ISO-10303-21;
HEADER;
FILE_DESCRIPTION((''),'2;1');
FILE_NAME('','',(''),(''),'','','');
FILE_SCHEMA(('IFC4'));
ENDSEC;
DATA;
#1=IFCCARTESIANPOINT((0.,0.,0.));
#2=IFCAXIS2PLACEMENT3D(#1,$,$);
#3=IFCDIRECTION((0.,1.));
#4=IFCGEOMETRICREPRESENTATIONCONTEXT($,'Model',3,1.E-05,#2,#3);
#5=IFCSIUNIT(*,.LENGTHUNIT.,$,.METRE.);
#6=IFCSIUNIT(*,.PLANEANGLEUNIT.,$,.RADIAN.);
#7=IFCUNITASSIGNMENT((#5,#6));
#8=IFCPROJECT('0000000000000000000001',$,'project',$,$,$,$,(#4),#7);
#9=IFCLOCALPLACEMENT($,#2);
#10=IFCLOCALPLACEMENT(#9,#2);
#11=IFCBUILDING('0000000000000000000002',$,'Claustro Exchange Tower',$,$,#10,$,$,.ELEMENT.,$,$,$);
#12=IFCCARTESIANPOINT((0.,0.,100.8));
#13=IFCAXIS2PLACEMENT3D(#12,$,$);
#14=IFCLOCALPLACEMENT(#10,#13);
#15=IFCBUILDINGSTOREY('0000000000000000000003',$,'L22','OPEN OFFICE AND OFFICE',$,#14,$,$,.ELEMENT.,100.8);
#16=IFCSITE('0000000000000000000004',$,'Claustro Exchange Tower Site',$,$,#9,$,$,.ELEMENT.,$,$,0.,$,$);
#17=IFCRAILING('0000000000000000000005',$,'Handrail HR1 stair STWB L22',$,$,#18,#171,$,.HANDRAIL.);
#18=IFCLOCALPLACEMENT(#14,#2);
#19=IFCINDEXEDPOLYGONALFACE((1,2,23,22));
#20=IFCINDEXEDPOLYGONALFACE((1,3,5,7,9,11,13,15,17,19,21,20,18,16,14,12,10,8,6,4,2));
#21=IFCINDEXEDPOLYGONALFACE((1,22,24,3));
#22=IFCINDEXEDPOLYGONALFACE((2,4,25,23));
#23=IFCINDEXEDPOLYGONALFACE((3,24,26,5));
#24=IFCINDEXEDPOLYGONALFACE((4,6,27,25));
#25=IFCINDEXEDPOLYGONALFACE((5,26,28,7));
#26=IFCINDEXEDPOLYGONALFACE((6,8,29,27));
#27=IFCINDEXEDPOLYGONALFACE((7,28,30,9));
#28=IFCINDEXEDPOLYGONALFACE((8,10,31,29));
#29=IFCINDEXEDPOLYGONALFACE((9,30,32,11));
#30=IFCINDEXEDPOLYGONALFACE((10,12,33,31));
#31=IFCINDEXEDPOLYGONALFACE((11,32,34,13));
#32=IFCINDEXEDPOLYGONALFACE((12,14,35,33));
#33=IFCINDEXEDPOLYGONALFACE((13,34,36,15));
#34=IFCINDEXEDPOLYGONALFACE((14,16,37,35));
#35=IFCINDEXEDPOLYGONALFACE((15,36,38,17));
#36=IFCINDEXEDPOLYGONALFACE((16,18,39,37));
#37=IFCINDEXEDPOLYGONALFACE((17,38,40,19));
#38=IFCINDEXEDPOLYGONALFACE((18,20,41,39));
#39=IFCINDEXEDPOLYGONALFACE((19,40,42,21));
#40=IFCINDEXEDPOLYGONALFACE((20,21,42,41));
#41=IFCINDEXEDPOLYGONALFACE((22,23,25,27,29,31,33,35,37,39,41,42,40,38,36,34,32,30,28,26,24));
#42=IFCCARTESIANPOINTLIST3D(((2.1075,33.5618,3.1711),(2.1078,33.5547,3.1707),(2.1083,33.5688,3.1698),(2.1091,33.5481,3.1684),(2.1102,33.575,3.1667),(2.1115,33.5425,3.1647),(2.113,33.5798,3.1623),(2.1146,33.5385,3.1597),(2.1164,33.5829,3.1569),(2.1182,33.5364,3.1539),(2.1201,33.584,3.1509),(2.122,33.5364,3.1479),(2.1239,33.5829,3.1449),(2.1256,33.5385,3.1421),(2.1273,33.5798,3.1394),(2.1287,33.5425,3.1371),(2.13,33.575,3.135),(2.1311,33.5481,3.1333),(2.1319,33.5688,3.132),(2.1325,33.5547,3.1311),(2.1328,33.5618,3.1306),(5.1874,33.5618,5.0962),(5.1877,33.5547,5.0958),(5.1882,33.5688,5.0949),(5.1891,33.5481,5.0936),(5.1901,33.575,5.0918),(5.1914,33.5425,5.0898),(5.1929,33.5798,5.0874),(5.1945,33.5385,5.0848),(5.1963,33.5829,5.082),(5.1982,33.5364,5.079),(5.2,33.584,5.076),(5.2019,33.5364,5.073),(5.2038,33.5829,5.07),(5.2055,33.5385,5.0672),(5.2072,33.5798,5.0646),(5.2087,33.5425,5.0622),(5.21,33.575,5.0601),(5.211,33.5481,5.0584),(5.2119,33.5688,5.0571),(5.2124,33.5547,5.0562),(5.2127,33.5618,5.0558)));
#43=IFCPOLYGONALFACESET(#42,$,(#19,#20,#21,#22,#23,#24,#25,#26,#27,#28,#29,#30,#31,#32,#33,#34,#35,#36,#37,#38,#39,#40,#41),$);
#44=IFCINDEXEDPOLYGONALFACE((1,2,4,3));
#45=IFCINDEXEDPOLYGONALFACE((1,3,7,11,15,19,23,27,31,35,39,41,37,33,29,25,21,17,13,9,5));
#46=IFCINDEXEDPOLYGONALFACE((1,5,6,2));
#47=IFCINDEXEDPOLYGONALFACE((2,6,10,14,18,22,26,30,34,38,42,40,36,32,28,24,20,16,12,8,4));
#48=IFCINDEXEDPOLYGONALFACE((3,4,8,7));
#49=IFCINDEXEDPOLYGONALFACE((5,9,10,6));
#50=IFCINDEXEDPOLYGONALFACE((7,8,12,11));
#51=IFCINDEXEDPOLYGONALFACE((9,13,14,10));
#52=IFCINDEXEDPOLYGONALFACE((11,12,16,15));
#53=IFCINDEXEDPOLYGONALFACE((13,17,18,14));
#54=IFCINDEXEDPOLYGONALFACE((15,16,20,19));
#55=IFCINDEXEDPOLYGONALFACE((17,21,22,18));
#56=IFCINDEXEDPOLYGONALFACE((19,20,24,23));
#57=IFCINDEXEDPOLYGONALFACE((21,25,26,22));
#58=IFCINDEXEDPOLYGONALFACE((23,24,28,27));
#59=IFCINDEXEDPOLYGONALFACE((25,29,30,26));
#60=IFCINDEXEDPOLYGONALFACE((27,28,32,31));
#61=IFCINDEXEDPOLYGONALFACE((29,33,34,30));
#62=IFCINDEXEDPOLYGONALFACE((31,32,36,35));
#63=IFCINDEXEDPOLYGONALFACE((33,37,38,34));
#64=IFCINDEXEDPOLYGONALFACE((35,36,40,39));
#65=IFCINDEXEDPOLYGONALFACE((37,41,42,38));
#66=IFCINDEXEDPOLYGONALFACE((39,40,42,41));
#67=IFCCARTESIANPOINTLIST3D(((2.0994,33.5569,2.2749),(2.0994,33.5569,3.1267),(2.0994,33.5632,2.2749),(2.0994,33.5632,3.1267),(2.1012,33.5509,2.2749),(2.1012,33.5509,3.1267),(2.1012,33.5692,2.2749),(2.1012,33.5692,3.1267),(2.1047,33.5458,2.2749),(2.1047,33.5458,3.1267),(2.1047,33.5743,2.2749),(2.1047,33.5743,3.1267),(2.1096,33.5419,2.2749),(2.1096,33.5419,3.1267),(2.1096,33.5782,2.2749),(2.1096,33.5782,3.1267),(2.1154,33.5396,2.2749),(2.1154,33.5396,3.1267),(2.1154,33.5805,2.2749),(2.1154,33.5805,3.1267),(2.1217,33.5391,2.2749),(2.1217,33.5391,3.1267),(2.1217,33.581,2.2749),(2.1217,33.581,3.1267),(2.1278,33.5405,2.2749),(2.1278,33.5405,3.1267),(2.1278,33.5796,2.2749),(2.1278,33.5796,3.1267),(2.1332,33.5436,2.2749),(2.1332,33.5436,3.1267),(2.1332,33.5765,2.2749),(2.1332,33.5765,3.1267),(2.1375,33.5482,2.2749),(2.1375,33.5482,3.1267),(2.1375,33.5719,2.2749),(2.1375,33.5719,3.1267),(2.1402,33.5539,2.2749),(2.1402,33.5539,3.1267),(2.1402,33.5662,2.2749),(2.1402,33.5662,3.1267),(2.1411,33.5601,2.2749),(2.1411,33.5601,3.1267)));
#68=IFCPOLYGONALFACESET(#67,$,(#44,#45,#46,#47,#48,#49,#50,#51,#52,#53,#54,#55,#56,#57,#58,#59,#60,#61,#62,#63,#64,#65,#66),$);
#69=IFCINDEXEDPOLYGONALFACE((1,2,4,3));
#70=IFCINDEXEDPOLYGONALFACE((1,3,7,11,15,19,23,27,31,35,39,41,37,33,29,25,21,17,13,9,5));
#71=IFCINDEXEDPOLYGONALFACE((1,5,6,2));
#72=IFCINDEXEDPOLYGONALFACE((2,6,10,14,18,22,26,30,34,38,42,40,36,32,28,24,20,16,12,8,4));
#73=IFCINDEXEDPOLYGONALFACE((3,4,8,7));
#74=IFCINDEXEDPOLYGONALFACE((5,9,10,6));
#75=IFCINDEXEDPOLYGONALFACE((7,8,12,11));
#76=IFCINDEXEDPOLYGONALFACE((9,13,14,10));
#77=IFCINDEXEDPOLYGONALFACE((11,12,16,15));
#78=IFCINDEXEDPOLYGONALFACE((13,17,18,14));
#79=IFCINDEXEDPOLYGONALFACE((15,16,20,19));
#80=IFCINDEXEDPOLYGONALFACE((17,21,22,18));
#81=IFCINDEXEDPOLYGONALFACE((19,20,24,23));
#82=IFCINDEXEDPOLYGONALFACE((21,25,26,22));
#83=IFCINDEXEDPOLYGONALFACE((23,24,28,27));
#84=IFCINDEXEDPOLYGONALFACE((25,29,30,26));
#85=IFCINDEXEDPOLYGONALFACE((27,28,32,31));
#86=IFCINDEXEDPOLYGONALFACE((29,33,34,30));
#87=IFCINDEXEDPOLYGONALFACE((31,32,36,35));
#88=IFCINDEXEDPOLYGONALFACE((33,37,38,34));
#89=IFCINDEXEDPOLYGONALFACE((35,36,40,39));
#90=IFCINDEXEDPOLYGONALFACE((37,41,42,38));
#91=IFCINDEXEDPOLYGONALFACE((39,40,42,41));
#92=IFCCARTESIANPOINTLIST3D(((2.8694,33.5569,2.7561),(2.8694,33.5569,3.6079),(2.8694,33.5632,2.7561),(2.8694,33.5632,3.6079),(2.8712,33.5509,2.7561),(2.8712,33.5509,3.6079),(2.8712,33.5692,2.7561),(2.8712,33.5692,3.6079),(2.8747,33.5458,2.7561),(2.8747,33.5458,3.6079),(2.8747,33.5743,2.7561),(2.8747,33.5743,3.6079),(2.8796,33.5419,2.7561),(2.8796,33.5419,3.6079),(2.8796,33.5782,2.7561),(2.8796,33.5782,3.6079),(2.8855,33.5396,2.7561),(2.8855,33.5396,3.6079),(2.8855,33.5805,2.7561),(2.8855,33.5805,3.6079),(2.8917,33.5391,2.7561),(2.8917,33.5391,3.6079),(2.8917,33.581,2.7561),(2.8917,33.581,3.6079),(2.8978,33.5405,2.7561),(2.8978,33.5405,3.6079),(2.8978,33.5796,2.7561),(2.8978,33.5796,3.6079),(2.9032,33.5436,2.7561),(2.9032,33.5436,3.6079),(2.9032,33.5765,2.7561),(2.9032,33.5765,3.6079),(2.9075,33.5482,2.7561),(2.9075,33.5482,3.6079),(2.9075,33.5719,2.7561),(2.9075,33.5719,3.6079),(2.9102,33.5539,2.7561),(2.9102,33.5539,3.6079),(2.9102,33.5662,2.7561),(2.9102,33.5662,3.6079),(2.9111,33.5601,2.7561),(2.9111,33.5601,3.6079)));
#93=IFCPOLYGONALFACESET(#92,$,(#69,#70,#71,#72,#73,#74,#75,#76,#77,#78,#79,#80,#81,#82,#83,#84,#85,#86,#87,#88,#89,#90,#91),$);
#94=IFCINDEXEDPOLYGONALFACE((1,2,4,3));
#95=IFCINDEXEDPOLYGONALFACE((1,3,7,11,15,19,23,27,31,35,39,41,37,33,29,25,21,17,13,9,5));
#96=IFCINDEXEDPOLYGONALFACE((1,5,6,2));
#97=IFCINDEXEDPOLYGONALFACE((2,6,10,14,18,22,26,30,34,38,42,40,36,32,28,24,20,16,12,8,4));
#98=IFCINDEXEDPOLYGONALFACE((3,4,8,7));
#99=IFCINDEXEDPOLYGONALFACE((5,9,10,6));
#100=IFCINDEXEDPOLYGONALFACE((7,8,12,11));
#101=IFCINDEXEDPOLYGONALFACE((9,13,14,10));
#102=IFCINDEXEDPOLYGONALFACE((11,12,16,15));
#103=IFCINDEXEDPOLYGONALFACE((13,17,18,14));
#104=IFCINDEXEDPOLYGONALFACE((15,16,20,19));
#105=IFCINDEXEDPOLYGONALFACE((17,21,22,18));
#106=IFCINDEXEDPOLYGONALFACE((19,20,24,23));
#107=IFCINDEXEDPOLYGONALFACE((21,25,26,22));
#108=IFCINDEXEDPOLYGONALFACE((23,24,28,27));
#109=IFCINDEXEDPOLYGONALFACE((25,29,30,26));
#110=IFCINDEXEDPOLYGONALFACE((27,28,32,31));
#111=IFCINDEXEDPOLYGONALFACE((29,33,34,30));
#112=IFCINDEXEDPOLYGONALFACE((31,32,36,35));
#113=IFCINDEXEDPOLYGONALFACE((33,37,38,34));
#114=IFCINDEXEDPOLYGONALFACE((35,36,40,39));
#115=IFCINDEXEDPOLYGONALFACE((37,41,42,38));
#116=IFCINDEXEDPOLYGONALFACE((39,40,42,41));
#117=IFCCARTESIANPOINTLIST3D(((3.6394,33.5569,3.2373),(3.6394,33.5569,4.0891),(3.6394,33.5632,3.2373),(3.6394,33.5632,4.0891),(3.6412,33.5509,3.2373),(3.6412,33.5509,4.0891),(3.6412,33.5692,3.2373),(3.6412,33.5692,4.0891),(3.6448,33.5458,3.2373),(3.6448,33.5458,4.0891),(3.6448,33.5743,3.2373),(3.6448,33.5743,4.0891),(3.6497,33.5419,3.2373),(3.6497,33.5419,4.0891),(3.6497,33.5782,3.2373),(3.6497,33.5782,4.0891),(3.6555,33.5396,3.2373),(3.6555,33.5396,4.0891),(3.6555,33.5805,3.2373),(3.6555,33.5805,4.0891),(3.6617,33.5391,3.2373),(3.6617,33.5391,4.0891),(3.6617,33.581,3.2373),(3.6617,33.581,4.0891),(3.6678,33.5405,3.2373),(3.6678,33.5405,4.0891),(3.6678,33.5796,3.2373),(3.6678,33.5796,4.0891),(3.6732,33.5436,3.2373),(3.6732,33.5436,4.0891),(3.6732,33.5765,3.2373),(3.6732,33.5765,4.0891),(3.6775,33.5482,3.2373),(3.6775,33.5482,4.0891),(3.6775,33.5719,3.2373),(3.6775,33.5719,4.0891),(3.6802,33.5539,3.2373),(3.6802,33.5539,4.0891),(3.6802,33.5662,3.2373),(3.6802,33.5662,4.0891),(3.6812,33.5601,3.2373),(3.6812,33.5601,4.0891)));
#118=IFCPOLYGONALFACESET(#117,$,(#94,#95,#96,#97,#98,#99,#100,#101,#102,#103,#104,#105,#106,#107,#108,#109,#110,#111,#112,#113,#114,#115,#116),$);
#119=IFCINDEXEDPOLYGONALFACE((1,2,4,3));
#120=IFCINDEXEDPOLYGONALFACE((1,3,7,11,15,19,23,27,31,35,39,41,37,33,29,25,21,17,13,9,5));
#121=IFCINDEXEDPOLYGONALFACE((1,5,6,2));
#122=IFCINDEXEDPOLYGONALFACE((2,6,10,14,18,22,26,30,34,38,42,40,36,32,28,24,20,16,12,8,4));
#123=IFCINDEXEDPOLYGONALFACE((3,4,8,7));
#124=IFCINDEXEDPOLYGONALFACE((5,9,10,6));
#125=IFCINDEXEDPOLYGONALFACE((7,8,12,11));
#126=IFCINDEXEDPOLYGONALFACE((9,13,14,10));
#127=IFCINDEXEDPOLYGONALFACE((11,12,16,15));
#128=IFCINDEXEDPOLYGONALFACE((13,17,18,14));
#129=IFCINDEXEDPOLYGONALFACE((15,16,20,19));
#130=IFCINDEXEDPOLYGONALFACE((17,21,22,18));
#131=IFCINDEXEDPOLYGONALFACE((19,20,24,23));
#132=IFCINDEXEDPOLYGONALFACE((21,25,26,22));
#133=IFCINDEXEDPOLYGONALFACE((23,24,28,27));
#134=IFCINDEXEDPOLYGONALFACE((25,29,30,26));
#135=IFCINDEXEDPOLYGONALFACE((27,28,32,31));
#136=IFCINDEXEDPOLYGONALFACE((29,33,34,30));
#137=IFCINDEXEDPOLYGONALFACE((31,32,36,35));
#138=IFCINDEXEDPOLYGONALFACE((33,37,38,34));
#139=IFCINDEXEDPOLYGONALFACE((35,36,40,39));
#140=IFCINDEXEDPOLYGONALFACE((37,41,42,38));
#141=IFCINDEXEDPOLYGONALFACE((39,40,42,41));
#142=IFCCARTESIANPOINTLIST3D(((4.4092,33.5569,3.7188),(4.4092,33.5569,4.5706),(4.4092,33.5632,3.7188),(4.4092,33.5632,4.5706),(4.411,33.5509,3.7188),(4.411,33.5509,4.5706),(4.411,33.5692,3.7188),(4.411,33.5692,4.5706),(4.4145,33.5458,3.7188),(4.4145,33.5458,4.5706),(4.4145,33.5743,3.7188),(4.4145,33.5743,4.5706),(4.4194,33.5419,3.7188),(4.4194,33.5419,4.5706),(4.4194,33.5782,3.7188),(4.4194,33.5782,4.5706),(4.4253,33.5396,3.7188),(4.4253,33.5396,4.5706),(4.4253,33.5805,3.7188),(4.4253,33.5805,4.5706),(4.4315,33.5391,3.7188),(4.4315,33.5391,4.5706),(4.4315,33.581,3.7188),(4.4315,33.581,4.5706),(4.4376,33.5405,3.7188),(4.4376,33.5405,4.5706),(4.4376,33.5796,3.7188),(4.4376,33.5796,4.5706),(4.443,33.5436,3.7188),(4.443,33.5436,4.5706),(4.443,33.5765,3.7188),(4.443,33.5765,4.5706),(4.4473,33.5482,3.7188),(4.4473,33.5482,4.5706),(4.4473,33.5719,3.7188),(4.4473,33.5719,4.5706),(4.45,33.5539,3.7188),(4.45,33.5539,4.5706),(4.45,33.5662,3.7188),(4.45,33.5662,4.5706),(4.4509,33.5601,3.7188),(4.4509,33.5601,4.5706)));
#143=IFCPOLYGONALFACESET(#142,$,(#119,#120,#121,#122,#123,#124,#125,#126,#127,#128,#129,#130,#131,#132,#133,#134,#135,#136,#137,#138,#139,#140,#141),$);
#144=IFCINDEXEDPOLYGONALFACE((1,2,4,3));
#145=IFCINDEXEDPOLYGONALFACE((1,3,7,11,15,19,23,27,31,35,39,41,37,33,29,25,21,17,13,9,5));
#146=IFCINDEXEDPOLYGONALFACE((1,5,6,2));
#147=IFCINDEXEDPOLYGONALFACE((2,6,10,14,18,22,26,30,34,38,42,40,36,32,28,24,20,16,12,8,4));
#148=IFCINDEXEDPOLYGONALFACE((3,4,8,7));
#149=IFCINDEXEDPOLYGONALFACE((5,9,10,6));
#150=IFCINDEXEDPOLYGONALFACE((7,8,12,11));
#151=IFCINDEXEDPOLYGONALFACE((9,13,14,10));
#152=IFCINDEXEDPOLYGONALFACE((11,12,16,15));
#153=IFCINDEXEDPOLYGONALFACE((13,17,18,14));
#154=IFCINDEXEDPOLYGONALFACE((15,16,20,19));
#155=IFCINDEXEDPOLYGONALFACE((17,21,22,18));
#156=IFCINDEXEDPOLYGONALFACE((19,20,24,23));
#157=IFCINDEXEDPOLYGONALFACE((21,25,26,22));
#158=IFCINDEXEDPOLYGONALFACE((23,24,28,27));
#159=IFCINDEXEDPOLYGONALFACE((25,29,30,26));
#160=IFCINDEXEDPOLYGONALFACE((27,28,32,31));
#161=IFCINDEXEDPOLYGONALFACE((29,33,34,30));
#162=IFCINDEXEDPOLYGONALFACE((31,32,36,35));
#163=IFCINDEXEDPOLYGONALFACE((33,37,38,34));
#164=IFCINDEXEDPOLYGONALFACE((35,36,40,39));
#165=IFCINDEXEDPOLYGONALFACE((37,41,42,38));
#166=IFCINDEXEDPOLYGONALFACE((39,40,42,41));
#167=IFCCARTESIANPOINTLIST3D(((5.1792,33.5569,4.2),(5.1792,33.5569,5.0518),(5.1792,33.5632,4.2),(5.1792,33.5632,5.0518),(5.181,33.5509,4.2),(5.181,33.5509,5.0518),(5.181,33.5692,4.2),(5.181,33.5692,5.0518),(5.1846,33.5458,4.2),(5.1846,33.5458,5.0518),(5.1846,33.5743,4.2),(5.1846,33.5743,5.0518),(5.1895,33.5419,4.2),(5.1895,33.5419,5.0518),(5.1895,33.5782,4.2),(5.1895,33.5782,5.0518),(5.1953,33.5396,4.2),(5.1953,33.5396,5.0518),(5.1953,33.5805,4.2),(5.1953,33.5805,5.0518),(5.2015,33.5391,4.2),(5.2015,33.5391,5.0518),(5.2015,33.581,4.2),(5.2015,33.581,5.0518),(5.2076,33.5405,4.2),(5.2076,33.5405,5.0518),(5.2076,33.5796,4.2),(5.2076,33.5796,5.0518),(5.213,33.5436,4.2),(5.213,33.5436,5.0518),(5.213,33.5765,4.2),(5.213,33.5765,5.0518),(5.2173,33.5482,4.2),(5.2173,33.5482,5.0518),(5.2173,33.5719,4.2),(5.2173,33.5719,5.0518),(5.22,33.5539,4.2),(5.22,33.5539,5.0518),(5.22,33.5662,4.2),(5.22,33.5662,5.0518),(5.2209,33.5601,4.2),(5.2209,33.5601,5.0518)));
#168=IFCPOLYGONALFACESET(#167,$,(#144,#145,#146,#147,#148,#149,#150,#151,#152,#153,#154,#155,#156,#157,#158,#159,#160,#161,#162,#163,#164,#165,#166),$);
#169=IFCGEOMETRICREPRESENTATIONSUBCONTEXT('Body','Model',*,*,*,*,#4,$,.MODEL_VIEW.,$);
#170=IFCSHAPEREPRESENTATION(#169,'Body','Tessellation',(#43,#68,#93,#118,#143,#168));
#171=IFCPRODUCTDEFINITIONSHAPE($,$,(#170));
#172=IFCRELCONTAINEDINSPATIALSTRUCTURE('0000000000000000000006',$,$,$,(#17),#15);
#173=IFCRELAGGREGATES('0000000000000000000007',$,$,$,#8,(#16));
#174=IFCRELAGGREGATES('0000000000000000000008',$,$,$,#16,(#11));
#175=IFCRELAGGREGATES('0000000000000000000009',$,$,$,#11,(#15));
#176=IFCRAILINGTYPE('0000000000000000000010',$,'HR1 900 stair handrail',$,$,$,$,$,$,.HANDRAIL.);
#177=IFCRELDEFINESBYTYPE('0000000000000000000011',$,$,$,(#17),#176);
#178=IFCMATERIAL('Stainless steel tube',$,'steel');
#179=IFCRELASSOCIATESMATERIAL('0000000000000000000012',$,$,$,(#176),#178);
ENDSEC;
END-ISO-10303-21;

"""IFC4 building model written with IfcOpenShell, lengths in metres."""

from ifc_helpers import new_model, si_unit, direction, frame, origin, origin_2d, place, context, subcontext, project, spatial, circle, extrude, material, type_object, element, save


model = new_model("IFC4")

# Units and contexts
model_context = context("Model", 3, precision=1e-05, world=origin(), true_north=direction((0.0, 1.0)))
body_context = subcontext(model_context, "Body", "Model", "MODEL_VIEW")
ifc_project = project(units=[si_unit("LENGTHUNIT", "METRE"), si_unit("PLANEANGLEUNIT", "RADIAN")], contexts=[model_context])

# Site, building, storey
site_placement = place(None, origin())
site = spatial("IfcSite", under=ifc_project, at=site_placement, Name="Claustro Exchange Tower Site", CompositionType="ELEMENT", RefElevation=0.0)
building_placement = place(site_placement, origin())
building = spatial("IfcBuilding", under=site, at=building_placement, Name="Claustro Exchange Tower", CompositionType="ELEMENT")
storey_placement = place(building_placement, frame((0.0, 0.0, 100.8)))
storey = spatial("IfcBuildingStorey", under=building, at=storey_placement, Name="L22", Description="OPEN OFFICE AND OFFICE", CompositionType="ELEMENT", Elevation=100.8)

# Railing
ifc_material_1 = material(Name="Stainless steel tube", Category="steel")
railing_type_1 = type_object("IfcRailingType", Name="HR1 900 stair handrail", PredefinedType="HANDRAIL", material=ifc_material_1)
railing_1_placement = place(storey_placement, frame((2.1201, 33.5601, 2.2749)))
element("IfcRailing", 1, at=railing_1_placement, inside=storey, type_object=railing_type_1, Name="Handrail HR1 stair STWB L22", PredefinedType="HANDRAIL", context=body_context, shape_type="SweptSolid", body=[
    extrude(circle(Radius=0.0239, at=origin_2d()), frame((0.0, 0.0, 0.876), z_axis=(0.847979, 0.0, 0.530029), x_axis=(0.0, 1.0, 0.0)), (0.0, 0.0, 1.0), 3.6321),
    extrude(circle(Radius=0.021, at=origin_2d()), origin(), (0.0, 0.0, 1.0), 0.8518),
    extrude(circle(Radius=0.021, at=origin_2d()), frame((0.77, 0.0, 0.4812)), (0.0, 0.0, 1.0), 0.8518),
    extrude(circle(Radius=0.021, at=origin_2d()), frame((1.54, 0.0, 0.9624)), (0.0, 0.0, 1.0), 0.8518),
    extrude(circle(Radius=0.021, at=origin_2d()), frame((2.3098, 0.0, 1.4438)), (0.0, 0.0, 1.0), 0.8518),
    extrude(circle(Radius=0.021, at=origin_2d()), frame((3.0798, 0.0, 1.925)), (0.0, 0.0, 1.0), 0.8518),
])

save(model, "model.ifc")
